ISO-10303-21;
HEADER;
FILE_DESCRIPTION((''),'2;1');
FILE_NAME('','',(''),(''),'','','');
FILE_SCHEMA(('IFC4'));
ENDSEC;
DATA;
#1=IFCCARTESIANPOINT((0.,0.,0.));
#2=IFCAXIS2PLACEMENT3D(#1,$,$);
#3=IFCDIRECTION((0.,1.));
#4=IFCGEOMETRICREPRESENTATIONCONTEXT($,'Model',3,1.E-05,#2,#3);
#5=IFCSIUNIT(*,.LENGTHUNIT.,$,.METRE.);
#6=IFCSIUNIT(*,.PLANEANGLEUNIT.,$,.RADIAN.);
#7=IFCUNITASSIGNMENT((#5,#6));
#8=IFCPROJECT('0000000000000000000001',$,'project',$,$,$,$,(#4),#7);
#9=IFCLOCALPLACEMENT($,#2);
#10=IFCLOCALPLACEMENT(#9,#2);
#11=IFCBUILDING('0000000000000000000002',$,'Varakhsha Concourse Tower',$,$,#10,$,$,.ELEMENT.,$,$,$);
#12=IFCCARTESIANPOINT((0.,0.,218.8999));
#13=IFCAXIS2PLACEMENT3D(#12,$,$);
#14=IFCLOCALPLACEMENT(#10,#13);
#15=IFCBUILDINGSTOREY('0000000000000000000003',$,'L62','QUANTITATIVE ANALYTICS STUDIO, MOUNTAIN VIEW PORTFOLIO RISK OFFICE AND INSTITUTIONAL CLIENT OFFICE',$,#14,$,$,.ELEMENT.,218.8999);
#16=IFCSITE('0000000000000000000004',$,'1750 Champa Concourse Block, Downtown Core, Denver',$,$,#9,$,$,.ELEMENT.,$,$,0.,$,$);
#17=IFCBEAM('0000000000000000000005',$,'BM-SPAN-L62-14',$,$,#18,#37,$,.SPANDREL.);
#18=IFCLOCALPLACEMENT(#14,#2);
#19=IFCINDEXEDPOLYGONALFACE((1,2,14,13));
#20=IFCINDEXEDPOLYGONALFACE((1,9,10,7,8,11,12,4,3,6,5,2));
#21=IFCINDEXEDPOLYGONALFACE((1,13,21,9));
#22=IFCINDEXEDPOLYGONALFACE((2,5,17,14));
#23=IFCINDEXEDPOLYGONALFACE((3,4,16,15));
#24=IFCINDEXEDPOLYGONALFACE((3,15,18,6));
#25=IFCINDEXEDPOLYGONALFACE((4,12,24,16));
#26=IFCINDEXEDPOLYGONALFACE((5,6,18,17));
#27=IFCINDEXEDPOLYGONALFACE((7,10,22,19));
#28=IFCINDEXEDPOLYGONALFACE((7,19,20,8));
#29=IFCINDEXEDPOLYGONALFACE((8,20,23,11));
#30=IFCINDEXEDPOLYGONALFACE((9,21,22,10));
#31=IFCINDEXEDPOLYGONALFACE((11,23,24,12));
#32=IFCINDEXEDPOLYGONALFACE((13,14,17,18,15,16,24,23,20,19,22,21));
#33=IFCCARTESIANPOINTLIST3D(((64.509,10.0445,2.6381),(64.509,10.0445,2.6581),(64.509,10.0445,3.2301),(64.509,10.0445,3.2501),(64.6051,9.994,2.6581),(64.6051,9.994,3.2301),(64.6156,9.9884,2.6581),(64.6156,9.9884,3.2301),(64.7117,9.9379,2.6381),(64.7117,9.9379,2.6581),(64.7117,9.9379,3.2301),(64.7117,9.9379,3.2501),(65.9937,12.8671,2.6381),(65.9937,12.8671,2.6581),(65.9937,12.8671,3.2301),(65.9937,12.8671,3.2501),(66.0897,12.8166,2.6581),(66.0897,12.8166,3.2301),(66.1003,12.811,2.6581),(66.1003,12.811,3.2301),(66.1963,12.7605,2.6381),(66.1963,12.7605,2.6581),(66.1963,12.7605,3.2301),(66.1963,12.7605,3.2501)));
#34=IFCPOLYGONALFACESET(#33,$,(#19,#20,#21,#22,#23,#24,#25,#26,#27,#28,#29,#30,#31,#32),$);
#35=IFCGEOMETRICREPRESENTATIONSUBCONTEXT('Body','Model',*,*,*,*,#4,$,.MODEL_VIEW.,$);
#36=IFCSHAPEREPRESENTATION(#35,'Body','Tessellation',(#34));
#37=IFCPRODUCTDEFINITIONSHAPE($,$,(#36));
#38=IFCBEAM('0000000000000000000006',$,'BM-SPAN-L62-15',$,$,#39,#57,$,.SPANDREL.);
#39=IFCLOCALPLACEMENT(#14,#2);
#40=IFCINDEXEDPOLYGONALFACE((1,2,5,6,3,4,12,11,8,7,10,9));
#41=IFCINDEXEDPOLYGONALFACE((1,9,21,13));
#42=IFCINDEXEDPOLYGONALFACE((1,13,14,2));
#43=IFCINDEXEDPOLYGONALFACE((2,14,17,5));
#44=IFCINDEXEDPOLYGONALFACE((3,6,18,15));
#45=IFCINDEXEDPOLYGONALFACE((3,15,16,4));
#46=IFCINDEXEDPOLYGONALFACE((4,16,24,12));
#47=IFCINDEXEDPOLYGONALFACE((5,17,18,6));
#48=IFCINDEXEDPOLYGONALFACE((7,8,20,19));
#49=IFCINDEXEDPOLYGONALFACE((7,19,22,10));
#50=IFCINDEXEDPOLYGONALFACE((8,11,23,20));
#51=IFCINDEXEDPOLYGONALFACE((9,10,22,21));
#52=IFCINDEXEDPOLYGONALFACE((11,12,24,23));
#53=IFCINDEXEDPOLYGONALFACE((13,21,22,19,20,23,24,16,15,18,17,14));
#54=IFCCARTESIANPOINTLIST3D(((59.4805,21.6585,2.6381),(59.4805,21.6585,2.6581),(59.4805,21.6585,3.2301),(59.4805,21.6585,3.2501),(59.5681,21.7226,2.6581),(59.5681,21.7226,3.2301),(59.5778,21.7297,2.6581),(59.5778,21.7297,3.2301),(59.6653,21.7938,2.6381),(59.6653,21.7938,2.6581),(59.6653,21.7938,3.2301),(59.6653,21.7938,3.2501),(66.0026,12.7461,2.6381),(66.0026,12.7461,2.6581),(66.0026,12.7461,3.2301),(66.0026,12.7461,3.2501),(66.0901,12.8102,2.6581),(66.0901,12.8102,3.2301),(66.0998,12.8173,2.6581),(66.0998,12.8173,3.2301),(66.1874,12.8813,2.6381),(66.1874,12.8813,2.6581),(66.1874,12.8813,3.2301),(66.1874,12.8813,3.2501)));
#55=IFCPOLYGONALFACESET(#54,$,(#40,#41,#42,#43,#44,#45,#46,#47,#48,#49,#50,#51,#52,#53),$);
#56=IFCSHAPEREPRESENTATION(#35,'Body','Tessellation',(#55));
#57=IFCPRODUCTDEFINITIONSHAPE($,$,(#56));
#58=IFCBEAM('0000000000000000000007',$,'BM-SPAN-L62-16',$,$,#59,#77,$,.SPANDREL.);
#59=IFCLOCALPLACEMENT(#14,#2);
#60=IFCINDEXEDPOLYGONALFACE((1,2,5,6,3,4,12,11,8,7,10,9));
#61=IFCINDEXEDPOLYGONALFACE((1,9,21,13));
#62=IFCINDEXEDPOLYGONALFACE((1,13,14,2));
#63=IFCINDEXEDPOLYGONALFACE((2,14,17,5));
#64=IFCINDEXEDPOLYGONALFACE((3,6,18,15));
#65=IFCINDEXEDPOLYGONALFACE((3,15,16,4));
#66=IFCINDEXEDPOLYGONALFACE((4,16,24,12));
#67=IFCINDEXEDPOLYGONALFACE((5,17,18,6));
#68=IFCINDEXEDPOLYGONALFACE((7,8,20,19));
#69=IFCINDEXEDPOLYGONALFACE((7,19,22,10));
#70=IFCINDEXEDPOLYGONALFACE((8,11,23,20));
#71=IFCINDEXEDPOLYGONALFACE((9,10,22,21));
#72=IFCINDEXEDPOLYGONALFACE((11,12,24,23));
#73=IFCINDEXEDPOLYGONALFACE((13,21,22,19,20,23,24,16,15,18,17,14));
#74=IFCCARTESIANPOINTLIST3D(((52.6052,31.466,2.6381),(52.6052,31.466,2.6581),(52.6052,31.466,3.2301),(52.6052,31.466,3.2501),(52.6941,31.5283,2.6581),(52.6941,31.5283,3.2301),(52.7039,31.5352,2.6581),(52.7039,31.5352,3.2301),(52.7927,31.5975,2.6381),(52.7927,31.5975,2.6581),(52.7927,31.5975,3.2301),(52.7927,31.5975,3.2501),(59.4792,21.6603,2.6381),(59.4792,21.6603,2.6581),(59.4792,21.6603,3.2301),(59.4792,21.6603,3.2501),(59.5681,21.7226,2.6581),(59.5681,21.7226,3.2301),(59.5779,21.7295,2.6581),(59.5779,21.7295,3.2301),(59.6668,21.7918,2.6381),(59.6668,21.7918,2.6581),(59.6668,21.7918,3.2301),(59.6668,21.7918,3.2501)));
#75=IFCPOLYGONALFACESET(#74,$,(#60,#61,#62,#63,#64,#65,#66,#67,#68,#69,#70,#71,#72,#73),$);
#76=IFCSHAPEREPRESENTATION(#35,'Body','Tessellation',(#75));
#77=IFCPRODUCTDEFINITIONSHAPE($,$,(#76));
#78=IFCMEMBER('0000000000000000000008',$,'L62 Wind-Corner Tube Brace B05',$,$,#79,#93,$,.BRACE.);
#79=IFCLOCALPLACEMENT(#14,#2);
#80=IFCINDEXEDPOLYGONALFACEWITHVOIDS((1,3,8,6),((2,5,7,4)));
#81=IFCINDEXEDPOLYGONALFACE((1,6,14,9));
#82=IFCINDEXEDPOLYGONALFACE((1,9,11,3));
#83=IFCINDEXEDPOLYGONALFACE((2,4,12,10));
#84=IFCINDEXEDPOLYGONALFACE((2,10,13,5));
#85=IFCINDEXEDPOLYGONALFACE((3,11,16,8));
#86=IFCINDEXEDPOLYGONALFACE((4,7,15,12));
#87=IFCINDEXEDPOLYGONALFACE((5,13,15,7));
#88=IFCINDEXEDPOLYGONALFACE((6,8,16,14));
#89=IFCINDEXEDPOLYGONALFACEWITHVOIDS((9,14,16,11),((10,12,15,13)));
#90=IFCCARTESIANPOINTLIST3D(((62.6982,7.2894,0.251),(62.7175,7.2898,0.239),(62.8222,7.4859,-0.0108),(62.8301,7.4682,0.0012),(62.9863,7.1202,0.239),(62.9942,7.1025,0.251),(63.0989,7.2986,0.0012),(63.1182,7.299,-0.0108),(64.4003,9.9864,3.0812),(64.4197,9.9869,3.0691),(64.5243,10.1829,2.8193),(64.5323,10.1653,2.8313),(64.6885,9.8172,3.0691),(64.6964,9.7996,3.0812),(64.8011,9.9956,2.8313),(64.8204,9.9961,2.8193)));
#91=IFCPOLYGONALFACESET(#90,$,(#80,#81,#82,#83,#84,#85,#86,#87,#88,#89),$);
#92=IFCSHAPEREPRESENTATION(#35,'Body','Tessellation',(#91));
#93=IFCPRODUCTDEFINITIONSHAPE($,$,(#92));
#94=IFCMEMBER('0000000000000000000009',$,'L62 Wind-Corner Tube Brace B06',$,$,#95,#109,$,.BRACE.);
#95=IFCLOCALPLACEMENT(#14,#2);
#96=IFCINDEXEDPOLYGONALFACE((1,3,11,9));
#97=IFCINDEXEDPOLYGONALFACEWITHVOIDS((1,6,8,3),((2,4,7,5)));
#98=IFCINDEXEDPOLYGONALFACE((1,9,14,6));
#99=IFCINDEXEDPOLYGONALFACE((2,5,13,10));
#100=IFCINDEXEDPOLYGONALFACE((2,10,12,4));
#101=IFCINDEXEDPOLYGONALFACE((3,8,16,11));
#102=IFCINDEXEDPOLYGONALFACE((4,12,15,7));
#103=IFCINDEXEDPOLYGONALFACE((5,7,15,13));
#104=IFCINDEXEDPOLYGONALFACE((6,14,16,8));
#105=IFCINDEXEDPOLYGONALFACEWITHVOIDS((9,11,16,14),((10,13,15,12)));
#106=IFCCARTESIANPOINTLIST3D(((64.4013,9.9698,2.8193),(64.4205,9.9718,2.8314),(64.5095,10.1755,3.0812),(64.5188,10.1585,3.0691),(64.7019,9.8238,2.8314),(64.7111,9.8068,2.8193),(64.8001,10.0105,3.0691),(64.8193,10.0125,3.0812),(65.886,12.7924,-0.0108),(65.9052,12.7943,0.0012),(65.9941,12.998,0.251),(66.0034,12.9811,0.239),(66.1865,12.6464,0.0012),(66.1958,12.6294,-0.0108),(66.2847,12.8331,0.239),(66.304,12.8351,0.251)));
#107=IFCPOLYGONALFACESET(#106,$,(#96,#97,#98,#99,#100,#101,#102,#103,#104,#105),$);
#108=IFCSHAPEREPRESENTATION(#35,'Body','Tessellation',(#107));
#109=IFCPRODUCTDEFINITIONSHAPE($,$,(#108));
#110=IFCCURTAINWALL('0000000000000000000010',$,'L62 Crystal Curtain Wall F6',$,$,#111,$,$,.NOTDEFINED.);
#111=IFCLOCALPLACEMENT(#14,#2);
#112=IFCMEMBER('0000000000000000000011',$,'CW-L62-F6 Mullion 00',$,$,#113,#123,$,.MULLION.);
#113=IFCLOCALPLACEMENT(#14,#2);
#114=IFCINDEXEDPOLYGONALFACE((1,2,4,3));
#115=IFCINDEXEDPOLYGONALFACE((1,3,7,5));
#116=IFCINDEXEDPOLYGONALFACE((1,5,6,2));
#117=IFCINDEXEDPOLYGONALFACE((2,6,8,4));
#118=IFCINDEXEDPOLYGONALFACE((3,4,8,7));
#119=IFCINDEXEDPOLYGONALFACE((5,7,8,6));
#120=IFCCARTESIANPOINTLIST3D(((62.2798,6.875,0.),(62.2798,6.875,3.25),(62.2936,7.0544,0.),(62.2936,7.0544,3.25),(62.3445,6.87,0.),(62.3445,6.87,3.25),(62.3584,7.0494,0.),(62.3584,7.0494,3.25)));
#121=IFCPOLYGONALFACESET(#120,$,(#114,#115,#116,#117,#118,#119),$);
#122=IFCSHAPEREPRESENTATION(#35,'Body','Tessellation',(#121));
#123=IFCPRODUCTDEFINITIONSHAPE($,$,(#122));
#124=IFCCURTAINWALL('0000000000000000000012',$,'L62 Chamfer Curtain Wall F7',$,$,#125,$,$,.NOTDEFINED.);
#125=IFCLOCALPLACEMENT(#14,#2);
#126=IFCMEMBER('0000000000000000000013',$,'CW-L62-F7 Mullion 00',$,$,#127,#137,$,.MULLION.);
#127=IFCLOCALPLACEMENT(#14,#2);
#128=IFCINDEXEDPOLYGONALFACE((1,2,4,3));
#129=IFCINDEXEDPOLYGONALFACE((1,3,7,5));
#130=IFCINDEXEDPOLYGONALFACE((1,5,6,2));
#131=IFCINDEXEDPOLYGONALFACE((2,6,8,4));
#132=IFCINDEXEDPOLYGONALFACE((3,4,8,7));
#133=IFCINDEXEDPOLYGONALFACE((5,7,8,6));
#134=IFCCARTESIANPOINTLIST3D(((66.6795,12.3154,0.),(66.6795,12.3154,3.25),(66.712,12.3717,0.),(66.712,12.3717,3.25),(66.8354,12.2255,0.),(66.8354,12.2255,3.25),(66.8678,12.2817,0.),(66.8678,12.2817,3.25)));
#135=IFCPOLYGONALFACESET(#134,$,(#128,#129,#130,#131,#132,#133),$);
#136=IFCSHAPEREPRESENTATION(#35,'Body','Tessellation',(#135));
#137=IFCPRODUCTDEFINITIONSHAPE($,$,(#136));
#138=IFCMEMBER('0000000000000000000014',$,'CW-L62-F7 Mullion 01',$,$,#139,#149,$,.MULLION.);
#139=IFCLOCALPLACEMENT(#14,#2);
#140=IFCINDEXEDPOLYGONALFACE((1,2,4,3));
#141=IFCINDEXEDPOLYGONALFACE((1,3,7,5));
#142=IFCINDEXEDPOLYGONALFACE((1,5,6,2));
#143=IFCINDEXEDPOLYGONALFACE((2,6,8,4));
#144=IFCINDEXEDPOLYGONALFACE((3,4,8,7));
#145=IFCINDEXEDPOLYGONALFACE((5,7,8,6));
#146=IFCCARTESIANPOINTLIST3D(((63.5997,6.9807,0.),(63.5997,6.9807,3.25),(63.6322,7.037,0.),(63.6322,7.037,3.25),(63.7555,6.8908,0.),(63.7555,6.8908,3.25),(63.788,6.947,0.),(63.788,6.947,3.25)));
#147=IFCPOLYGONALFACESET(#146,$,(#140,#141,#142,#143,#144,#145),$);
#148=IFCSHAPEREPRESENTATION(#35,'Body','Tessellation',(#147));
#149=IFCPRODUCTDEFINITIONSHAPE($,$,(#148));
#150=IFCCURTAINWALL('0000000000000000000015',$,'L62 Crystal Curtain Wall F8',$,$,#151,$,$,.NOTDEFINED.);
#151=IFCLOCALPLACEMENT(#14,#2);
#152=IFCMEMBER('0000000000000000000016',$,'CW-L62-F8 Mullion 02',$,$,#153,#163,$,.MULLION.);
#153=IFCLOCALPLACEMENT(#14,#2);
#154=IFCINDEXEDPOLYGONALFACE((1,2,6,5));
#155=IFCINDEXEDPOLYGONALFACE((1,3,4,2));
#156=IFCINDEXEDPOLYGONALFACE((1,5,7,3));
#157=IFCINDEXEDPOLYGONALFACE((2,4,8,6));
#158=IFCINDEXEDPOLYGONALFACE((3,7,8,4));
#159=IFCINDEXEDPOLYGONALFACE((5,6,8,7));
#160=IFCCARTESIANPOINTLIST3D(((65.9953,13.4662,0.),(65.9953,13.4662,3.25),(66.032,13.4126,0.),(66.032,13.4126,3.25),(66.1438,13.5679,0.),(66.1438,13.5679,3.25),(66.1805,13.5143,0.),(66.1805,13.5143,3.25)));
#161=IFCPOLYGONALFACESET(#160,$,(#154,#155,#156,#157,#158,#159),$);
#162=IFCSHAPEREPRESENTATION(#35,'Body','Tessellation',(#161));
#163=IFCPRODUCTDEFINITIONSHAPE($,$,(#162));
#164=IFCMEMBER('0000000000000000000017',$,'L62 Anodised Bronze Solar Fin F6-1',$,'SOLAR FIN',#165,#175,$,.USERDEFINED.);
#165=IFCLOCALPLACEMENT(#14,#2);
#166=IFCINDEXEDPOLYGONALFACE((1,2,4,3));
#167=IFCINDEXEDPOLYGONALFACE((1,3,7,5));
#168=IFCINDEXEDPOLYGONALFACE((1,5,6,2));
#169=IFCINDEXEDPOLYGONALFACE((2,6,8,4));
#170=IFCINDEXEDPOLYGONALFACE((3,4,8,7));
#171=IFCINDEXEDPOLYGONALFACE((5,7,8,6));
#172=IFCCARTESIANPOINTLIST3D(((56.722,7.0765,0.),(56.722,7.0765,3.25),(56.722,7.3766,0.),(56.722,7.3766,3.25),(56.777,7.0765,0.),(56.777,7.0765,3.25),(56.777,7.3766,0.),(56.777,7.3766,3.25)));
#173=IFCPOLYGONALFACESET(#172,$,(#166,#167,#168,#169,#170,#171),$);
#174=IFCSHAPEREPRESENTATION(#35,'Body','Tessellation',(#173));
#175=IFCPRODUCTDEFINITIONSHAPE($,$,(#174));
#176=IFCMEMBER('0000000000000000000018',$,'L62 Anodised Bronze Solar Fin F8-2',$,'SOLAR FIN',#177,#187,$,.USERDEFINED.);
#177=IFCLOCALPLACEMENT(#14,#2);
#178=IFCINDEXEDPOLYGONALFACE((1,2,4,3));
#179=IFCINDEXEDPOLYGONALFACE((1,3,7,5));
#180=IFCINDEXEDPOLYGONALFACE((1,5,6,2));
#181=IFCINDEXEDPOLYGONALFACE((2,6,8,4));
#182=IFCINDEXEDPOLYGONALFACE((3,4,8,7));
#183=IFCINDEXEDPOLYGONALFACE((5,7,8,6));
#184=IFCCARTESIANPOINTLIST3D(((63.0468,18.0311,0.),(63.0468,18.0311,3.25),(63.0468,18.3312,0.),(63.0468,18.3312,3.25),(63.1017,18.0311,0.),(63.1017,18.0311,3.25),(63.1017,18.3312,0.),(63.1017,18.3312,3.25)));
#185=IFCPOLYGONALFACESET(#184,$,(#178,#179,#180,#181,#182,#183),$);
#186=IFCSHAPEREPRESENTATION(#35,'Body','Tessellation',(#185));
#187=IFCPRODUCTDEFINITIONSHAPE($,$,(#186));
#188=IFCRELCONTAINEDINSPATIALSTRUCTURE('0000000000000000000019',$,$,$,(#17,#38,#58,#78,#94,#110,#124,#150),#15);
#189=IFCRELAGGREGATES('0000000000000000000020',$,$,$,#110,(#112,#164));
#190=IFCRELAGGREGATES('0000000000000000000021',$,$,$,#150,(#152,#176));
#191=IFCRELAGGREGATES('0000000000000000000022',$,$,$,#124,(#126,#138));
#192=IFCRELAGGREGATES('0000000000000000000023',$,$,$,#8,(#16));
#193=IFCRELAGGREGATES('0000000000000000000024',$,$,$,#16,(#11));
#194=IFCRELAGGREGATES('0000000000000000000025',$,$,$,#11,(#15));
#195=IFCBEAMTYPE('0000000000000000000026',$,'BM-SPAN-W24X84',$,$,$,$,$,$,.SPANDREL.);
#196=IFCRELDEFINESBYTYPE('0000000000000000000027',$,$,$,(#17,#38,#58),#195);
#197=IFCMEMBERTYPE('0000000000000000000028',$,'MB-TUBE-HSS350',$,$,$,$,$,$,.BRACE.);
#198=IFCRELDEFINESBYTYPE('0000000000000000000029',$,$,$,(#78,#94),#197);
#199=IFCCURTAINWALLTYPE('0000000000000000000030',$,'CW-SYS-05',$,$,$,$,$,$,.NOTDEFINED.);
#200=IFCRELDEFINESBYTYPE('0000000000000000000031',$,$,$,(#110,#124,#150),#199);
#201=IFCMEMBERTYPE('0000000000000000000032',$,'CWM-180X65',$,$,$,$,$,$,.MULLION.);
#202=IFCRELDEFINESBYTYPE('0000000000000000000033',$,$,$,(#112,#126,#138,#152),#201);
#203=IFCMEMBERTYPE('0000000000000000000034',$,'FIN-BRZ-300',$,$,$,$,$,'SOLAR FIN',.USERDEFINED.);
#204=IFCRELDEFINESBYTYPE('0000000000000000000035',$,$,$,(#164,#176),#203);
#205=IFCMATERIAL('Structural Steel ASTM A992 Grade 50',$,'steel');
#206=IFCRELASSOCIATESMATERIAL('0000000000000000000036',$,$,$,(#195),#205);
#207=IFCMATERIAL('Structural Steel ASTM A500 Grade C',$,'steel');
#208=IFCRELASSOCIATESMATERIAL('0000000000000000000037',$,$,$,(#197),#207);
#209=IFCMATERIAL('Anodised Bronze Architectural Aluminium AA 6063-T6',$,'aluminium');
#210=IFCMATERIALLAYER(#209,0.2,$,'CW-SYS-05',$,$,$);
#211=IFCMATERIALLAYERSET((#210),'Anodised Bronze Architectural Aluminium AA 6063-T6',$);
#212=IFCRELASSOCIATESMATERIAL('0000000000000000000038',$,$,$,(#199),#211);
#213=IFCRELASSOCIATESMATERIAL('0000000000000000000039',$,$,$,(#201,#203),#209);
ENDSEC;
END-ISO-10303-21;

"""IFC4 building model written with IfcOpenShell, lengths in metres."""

from ifc_helpers import new_model, si_unit, direction, frame, origin, origin_2d, place, context, subcontext, project, spatial, rectangle, hollow_rectangle, i_section, extrude, source, transform, mapped, material, layer, layer_set, material_profile, profile_set, type_object, type_shapes, element, aggregate, save


model = new_model("IFC4")

# Units and contexts
model_context = context("Model", 3, precision=1e-05, world=origin(), true_north=direction((0.0, 1.0)))
body_context = subcontext(model_context, "Body", "Model", "MODEL_VIEW")
ifc_project = project(units=[si_unit("LENGTHUNIT", "METRE"), si_unit("PLANEANGLEUNIT", "RADIAN")], contexts=[model_context])

# Site, building, storey
site_placement = place(None, origin())
site = spatial("IfcSite", under=ifc_project, at=site_placement, Name="1750 Champa Concourse Block, Downtown Core, Denver", CompositionType="ELEMENT", RefElevation=0.0)
building_placement = place(site_placement, origin())
building = spatial("IfcBuilding", under=site, at=building_placement, Name="Varakhsha Concourse Tower", CompositionType="ELEMENT")
storey_placement = place(building_placement, frame((0.0, 0.0, 218.8999)))
storey = spatial("IfcBuildingStorey", under=building, at=storey_placement, Name="L62", Description="QUANTITATIVE ANALYTICS STUDIO, MOUNTAIN VIEW PORTFOLIO RISK OFFICE AND INSTITUTIONAL CLIENT OFFICE", CompositionType="ELEMENT", Elevation=218.8999)

# Beams
ifc_material_1 = material(Name="Structural Steel ASTM A992 Grade 50", Category="steel")
ifc_material_profile_1 = material_profile(ifc_material_1, i_section(OverallWidth=0.229, OverallDepth=0.6121, WebThickness=0.012, FlangeThickness=0.02, at=origin_2d()), Name="W24X84")
ifc_profile_set_1 = profile_set([ifc_material_profile_1], Name="Structural Steel ASTM A992 Grade 50")
beam_type_1 = type_object("IfcBeamType", Name="BM-SPAN-W24X84", PredefinedType="SPANDREL", material=ifc_profile_set_1)
for number, where, z_axis, x_axis, name in (
    (1, (64.6104, 9.9912, 2.9441), (0.465522, 0.885036, 0.0), (-0.885036, 0.465522, 0.0), "BM-SPAN-L62-14"),
):
    element("IfcBeam", number, at=place(storey_placement, frame(where, z_axis=z_axis, x_axis=x_axis)), inside=storey, type_object=beam_type_1, Name=name, PredefinedType="SPANDREL", context=body_context, shape_type="SweptSolid", body=[
        extrude(i_section(OverallWidth=0.229, OverallDepth=0.6121, WebThickness=0.012, FlangeThickness=0.02, at=origin_2d()), origin(), (0.0, 0.0, 1.0), 3.1892),
    ])
beam_1_placement = place(storey_placement, frame((66.095, 12.8137, 2.9441), z_axis=(-0.590554, 0.806998, 0.0), x_axis=(-0.806998, -0.590554, 0.0)))
element("IfcBeam", 2, at=beam_1_placement, inside=storey, type_object=beam_type_1, Name="BM-SPAN-L62-15", PredefinedType="SPANDREL", context=body_context, shape_type="SweptSolid", body=[
    extrude(i_section(OverallWidth=0.229, OverallDepth=0.6121, WebThickness=0.012, FlangeThickness=0.02, at=origin_2d()), origin(), (0.0, 0.0, 1.0), 11.0439),
])
beam_2_placement = place(storey_placement, frame((59.573, 21.7261, 2.9441), z_axis=(-0.574026, 0.818837, 0.0), x_axis=(-0.818837, -0.574026, 0.0)))
element("IfcBeam", 3, at=beam_2_placement, inside=storey, type_object=beam_type_1, Name="BM-SPAN-L62-16", PredefinedType="SPANDREL", context=body_context, shape_type="SweptSolid", body=[
    extrude(i_section(OverallWidth=0.229, OverallDepth=0.6121, WebThickness=0.012, FlangeThickness=0.02, at=origin_2d()), origin(), (0.0, 0.0, 1.0), 11.9751),
])

# Members
ifc_material_2 = material(Name="Structural Steel ASTM A500 Grade C", Category="steel")
ifc_material_profile_2 = material_profile(ifc_material_2, hollow_rectangle(XDim=0.3501, YDim=0.3501, WallThickness=0.0161, at=origin_2d()), Name="HSS 350x350x16")
ifc_profile_set_2 = profile_set([ifc_material_profile_2], Name="Structural Steel ASTM A500 Grade C")
member_type_1 = type_object("IfcMemberType", Name="MB-TUBE-HSS350", PredefinedType="BRACE", material=ifc_profile_set_2)
shared_shape_1 = source(origin(), body_context, "Body", "SweptSolid", [
    extrude(hollow_rectangle(XDim=0.3501, YDim=0.3501, WallThickness=0.0161, at=origin_2d()), origin(), (0.0, 0.0, 1.0), 4.2639),
])
type_shapes(member_type_1, [shared_shape_1])
for number, where, z_axis, x_axis, name in (
    (4, (62.9082, 7.2942, 0.1201), (0.399203, 0.632529, 0.663735), (-0.845663, 0.533716, 0.0), "L62 Wind-Corner Tube Brace B05"),
    (5, (66.095, 12.8137, 0.1201), (-0.348191, -0.66197, 0.663745), (0.885036, -0.465522, 0.0), "L62 Wind-Corner Tube Brace B06"),
):
    element("IfcMember", number, at=place(storey_placement, frame(where, z_axis=z_axis, x_axis=x_axis)), inside=storey, type_object=member_type_1, Name=name, PredefinedType="BRACE", context=body_context, shape_type="MappedRepresentation", body=[
        mapped(shared_shape_1, transform((0.0, 0.0, 0.0), scale=1.0)),
    ])

# Curtain wall, member
ifc_material_3 = material(Name="Anodised Bronze Architectural Aluminium AA 6063-T6", Category="aluminium")
ifc_layer_1 = layer(ifc_material_3, 0.2, Name="CW-SYS-05")
ifc_layer_set_1 = layer_set([ifc_layer_1], Name="Anodised Bronze Architectural Aluminium AA 6063-T6")
curtain_wall_type = type_object("IfcCurtainWallType", Name="CW-SYS-05", PredefinedType="NOTDEFINED", material=ifc_layer_set_1)
curtain_wall_1_placement = place(storey_placement, origin())
curtain_wall_1 = element("IfcCurtainWall", 6, at=curtain_wall_1_placement, inside=storey, type_object=curtain_wall_type, Name="L62 Crystal Curtain Wall F6", PredefinedType="NOTDEFINED")
ifc_material_profile_3 = material_profile(ifc_material_3, rectangle(XDim=0.0649, YDim=0.1799, at=origin_2d()), Name="CWM-180X65")
ifc_profile_set_3 = profile_set([ifc_material_profile_3], Name="Anodised Bronze Architectural Aluminium AA 6063-T6")
member_type_2 = type_object("IfcMemberType", Name="CWM-180X65", PredefinedType="MULLION", material=ifc_profile_set_3)
shared_shape_2 = source(origin(), body_context, "Body", "SweptSolid", [
    extrude(rectangle(XDim=0.0649, YDim=0.1799, at=origin_2d()), origin(), (0.0, 0.0, 1.0), 3.25),
])
type_shapes(member_type_2, [shared_shape_2])
member_1_placement = place(storey_placement, frame((62.3191, 6.9622, 0.0), z_axis=(0.0, 0.0, 1.0), x_axis=(-0.997034, 0.076961, 0.0)))
member_1 = element("IfcMember", 7, at=member_1_placement, type_object=member_type_2, Name="CW-L62-F6 Mullion 00", PredefinedType="MULLION", context=body_context, shape_type="MappedRepresentation", body=[
    mapped(shared_shape_2, transform((0.0, 0.0, 0.0), scale=1.0)),
])

# Curtain wall, members
curtain_wall_2_placement = place(storey_placement, origin())
curtain_wall_2 = element("IfcCurtainWall", 8, at=curtain_wall_2_placement, inside=storey, type_object=curtain_wall_type, Name="L62 Chamfer Curtain Wall F7", PredefinedType="NOTDEFINED")
member_2_placement = place(storey_placement, frame((66.7737, 12.2986, 0.0), z_axis=(0.0, 0.0, 1.0), x_axis=(-0.499994, -0.866029, 0.0)))
member_2 = element("IfcMember", 9, at=member_2_placement, type_object=member_type_2, Name="CW-L62-F7 Mullion 00", PredefinedType="MULLION", context=body_context, shape_type="MappedRepresentation", body=[
    mapped(shared_shape_2, transform((0.0, 0.0, 0.0), scale=1.0)),
])
member_3_placement = place(storey_placement, frame((63.6938, 6.9639, 0.0), z_axis=(0.0, 0.0, 1.0), x_axis=(-0.499994, -0.866029, 0.0)))
member_3 = element("IfcMember", 10, at=member_3_placement, type_object=member_type_2, Name="CW-L62-F7 Mullion 01", PredefinedType="MULLION", context=body_context, shape_type="MappedRepresentation", body=[
    mapped(shared_shape_2, transform((0.0, 0.0, 0.0), scale=1.0)),
])

# Curtain wall, member
curtain_wall_3_placement = place(storey_placement, origin())
curtain_wall_3 = element("IfcCurtainWall", 11, at=curtain_wall_3_placement, inside=storey, type_object=curtain_wall_type, Name="L62 Crystal Curtain Wall F8", PredefinedType="NOTDEFINED")
member_4_placement = place(storey_placement, frame((66.0879, 13.4902, 0.0), z_axis=(0.0, 0.0, 1.0), x_axis=(0.565173, -0.824972, 0.0)))
member_4 = element("IfcMember", 12, at=member_4_placement, type_object=member_type_2, Name="CW-L62-F8 Mullion 02", PredefinedType="MULLION", context=body_context, shape_type="MappedRepresentation", body=[
    mapped(shared_shape_2, transform((0.0, 0.0, 0.0), scale=1.0)),
])

# Members
ifc_material_profile_4 = material_profile(ifc_material_3, rectangle(XDim=0.0549, YDim=0.3, at=origin_2d()), Name="FIN-BRZ-300")
ifc_profile_set_4 = profile_set([ifc_material_profile_4], Name="Anodised Bronze Architectural Aluminium AA 6063-T6")
member_type_3 = type_object("IfcMemberType", Name="FIN-BRZ-300", ElementType="SOLAR FIN", PredefinedType="USERDEFINED", material=ifc_profile_set_4)
shared_shape_3 = source(origin(), body_context, "Body", "SweptSolid", [
    extrude(rectangle(XDim=0.0549, YDim=0.3, at=origin_2d()), origin(), (0.0, 0.0, 1.0), 3.25),
])
type_shapes(member_type_3, [shared_shape_3])
member_5_placement = place(storey_placement, frame((56.7495, 7.2266, 0.0), z_axis=(0.0, 0.0, 1.0), x_axis=(1.0, 0.0, 0.0)))
member_5 = element("IfcMember", 13, at=member_5_placement, type_object=member_type_3, Name="L62 Anodised Bronze Solar Fin F6-1", ObjectType="SOLAR FIN", PredefinedType="USERDEFINED", context=body_context, shape_type="MappedRepresentation", body=[
    mapped(shared_shape_3, transform((0.0, 0.0, 0.0), scale=1.0)),
])
member_6_placement = place(storey_placement, frame((63.0742, 18.1812, 0.0), z_axis=(0.0, 0.0, 1.0), x_axis=(1.0, 0.0, 0.0)))
member_6 = element("IfcMember", 14, at=member_6_placement, type_object=member_type_3, Name="L62 Anodised Bronze Solar Fin F8-2", ObjectType="SOLAR FIN", PredefinedType="USERDEFINED", context=body_context, shape_type="MappedRepresentation", body=[
    mapped(shared_shape_3, transform((0.0, 0.0, 0.0), scale=1.0)),
])

aggregate(curtain_wall_1, [member_1, member_5])
aggregate(curtain_wall_3, [member_4, member_6])
aggregate(curtain_wall_2, [member_2, member_3])

save(model, "model.ifc")
